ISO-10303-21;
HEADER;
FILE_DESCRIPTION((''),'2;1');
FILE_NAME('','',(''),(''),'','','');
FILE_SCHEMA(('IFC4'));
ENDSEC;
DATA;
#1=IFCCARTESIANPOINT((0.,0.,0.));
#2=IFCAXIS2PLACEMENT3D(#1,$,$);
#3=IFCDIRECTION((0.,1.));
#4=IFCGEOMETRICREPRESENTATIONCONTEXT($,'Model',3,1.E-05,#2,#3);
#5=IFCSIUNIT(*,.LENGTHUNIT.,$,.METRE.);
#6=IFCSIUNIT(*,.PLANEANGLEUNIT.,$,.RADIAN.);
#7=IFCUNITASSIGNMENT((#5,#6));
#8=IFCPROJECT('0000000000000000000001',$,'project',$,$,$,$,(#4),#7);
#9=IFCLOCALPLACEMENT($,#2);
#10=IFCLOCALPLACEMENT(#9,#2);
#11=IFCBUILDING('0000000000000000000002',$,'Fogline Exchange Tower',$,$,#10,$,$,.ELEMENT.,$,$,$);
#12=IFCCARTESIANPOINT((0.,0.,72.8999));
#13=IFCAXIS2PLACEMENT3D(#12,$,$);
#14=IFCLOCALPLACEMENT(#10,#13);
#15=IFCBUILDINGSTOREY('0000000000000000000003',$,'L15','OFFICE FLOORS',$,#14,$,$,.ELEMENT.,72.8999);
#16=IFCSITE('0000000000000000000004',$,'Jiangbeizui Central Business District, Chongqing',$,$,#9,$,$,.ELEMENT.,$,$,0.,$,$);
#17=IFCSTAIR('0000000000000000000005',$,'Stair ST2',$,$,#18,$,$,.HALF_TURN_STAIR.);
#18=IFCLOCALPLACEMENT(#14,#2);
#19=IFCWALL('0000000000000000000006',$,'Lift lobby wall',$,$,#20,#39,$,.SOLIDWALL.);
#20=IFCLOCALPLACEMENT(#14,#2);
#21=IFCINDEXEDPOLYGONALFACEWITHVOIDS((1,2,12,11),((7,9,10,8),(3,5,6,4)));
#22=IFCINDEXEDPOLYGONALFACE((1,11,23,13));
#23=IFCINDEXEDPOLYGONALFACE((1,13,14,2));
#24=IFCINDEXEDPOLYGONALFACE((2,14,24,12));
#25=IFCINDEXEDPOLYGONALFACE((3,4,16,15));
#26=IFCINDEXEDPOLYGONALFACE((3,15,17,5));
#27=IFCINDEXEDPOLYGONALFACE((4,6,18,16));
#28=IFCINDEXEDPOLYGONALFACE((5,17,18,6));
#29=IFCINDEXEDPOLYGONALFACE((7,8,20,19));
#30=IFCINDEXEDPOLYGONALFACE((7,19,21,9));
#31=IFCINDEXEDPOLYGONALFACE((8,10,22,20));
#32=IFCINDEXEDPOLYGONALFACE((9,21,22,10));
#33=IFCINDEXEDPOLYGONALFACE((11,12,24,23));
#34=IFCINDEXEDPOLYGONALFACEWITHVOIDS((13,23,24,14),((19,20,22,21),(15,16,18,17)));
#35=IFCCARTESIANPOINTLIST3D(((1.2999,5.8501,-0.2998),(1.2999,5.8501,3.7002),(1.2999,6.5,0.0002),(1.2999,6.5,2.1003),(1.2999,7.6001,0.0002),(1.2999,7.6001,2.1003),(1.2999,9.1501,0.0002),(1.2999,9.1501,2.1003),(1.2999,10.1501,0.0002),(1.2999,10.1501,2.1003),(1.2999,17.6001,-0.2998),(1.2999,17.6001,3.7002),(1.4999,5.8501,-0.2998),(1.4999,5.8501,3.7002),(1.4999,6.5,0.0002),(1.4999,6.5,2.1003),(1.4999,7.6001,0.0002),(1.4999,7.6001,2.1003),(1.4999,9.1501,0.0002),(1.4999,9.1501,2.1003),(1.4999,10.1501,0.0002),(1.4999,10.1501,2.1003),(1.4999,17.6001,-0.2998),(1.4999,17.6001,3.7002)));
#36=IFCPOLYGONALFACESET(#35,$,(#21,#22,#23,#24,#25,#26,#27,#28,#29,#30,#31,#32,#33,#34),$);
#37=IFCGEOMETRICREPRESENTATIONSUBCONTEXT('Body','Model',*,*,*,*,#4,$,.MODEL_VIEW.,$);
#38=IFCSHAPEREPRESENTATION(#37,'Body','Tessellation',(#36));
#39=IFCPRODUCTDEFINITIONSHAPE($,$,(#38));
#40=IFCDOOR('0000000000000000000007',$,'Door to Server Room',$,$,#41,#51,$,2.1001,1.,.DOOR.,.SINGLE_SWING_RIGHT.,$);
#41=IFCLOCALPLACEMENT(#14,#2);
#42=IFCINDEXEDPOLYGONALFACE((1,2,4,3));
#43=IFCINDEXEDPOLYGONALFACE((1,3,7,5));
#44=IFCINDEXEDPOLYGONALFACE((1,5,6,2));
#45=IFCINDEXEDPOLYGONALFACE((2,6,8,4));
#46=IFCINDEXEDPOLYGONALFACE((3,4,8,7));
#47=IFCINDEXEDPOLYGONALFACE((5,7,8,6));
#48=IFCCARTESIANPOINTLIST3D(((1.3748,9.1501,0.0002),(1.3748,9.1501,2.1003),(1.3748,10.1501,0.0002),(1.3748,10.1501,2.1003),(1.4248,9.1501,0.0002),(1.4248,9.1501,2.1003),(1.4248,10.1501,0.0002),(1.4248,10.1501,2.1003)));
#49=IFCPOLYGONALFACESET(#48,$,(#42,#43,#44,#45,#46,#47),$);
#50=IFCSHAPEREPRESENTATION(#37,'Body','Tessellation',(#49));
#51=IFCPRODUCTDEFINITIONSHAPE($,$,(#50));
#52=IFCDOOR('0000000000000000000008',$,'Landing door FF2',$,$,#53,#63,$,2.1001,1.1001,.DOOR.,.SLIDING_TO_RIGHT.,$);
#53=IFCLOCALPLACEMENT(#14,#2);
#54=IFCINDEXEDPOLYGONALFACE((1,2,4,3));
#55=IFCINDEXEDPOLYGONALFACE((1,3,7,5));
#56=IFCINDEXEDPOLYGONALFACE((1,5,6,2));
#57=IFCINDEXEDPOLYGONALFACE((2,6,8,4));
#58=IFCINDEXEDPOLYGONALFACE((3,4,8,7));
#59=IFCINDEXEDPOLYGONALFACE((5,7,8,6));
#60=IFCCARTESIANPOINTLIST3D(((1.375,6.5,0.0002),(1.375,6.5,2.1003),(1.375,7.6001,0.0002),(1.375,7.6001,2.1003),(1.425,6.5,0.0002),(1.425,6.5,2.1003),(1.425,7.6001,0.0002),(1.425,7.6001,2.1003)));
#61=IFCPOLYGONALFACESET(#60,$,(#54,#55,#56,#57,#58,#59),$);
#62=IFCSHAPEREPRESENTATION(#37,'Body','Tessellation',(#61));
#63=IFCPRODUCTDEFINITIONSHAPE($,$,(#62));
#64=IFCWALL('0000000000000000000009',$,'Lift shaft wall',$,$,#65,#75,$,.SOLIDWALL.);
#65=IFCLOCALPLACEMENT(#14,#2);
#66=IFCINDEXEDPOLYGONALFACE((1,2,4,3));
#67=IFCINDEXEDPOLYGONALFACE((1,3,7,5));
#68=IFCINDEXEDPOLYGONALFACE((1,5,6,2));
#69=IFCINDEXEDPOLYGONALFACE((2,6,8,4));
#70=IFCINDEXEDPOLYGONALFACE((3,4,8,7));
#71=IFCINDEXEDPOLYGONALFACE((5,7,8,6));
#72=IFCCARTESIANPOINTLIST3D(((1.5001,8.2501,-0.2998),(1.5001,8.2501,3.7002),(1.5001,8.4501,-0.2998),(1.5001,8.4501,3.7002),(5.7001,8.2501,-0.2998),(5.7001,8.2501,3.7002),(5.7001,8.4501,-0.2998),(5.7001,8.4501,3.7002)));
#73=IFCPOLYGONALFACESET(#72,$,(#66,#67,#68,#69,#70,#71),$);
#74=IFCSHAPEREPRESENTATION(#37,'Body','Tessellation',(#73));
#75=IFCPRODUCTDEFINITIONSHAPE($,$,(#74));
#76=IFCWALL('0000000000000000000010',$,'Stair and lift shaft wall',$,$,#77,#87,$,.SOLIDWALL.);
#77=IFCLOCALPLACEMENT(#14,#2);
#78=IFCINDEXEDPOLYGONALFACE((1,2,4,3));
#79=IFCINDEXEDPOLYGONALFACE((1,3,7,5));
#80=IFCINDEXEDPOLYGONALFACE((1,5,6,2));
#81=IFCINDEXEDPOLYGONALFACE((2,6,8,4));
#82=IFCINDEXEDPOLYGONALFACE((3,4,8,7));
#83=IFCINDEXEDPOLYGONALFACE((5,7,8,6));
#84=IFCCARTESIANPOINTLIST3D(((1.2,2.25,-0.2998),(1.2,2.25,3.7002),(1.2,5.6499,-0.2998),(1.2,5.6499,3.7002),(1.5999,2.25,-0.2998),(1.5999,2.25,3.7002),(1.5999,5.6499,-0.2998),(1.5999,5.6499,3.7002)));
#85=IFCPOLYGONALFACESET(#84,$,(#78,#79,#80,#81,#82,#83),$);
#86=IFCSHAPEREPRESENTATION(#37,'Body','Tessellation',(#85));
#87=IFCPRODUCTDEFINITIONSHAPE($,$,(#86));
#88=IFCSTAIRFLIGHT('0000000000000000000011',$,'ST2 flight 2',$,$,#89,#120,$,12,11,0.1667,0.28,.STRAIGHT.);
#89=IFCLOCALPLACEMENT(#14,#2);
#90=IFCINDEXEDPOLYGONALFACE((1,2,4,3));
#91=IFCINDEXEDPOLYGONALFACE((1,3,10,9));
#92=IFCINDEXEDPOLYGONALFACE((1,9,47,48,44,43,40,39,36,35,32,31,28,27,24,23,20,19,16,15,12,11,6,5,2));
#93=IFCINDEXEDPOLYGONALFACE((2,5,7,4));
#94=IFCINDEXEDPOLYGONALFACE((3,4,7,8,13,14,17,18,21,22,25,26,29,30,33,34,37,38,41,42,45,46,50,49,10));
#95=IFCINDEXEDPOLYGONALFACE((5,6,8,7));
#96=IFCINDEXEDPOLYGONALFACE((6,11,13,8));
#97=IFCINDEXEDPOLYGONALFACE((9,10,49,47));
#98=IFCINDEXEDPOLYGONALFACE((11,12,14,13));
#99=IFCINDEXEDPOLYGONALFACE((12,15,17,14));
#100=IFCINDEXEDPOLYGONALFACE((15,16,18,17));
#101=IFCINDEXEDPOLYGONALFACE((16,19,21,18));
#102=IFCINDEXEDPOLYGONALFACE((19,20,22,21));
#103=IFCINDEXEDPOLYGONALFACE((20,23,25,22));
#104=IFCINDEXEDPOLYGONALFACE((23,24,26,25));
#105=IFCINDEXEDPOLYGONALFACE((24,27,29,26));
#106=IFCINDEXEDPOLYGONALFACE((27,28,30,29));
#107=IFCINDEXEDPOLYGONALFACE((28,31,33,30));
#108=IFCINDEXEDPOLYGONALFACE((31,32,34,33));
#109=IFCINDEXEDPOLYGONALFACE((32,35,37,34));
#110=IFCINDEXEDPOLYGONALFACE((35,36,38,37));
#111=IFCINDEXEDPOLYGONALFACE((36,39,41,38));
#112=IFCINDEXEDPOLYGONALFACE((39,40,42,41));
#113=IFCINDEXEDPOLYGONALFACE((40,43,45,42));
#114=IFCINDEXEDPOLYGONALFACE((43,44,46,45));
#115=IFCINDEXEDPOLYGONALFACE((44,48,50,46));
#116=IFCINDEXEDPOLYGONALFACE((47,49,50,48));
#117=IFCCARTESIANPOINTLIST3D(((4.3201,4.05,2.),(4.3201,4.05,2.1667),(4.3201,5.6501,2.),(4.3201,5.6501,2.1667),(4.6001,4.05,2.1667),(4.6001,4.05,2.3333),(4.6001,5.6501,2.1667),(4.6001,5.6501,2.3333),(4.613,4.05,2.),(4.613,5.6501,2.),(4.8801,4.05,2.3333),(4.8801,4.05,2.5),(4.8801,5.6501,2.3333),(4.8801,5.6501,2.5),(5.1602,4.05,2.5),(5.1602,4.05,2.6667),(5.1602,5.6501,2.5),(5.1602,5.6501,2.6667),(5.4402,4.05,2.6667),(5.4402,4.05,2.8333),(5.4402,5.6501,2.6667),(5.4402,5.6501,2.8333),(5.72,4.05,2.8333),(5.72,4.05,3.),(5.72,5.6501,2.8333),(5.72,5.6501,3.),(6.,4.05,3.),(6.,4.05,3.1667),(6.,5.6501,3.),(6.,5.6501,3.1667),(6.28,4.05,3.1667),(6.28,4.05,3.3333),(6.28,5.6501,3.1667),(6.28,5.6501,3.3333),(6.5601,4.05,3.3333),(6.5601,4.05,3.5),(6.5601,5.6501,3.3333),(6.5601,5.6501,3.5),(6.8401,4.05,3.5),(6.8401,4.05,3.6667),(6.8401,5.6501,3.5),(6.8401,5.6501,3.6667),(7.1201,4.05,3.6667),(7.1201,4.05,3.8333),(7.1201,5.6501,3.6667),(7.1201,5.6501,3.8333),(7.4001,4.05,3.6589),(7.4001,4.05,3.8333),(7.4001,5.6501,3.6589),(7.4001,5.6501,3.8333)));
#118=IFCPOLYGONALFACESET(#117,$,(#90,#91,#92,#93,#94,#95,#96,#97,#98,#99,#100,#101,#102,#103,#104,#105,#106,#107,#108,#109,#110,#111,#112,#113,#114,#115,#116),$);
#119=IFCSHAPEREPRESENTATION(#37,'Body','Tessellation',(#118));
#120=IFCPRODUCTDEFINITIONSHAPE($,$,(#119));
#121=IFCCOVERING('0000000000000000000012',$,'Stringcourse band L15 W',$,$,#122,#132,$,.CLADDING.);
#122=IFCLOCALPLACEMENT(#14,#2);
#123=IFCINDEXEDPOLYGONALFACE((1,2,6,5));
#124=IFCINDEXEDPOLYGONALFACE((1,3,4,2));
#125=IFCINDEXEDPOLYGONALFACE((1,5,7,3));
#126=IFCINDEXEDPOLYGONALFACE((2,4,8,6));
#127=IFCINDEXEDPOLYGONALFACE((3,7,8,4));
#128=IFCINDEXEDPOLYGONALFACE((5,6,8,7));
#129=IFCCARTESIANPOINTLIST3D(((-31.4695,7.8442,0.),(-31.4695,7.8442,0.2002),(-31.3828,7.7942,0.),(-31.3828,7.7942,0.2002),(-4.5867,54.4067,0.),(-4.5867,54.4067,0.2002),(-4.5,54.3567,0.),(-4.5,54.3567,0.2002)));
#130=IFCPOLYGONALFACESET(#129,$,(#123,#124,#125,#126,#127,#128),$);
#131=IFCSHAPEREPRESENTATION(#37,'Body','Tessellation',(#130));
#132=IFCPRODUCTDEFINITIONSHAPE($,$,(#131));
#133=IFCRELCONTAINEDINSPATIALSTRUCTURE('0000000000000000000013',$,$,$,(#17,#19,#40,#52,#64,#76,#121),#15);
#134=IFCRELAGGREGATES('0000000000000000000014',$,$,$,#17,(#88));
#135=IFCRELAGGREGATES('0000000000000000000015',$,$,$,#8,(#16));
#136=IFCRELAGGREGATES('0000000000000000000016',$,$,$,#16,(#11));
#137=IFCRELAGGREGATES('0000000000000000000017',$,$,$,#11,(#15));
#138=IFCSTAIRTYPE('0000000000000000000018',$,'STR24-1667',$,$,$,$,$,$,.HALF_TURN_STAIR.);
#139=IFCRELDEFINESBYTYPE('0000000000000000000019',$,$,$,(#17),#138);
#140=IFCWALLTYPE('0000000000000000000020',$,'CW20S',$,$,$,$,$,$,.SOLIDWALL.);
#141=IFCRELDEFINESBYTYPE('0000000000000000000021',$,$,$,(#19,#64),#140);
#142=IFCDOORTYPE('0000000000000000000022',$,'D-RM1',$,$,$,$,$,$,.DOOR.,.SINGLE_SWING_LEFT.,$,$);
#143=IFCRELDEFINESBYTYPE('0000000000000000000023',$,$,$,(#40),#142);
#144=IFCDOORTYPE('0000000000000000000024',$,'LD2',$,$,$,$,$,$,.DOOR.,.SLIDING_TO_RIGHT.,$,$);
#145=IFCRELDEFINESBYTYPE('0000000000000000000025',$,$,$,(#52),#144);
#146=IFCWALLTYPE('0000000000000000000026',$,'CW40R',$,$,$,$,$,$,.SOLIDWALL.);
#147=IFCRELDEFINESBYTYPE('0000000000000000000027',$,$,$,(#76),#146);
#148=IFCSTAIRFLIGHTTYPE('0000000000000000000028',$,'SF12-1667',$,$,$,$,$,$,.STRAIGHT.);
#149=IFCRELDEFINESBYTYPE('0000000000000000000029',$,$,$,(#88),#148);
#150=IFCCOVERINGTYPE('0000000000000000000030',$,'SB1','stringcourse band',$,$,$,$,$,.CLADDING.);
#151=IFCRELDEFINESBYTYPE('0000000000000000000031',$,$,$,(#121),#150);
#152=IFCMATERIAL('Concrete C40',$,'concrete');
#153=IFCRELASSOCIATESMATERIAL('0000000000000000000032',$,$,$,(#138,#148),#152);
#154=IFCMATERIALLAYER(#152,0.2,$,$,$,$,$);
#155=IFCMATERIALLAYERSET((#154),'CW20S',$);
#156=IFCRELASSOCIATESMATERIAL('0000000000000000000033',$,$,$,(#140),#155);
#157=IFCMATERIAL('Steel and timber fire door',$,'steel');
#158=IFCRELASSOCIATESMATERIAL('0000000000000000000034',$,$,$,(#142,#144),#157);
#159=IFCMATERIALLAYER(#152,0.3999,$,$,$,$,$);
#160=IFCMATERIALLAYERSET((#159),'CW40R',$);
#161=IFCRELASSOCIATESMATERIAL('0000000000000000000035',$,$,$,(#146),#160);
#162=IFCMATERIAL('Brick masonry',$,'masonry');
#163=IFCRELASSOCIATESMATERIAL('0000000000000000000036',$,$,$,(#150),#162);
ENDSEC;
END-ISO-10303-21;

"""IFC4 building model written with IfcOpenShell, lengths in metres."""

from ifc_helpers import new_model, si_unit, direction, frame, frame_2d, origin, place, context, subcontext, project, spatial, polyline, rectangle, outline, extrude, material, layer, layer_set, type_object, element, fill, aggregate, save


model = new_model("IFC4")

# Units and contexts
model_context = context("Model", 3, precision=1e-05, world=origin(), true_north=direction((0.0, 1.0)))
body_context = subcontext(model_context, "Body", "Model", "MODEL_VIEW")
ifc_project = project(units=[si_unit("LENGTHUNIT", "METRE"), si_unit("PLANEANGLEUNIT", "RADIAN")], contexts=[model_context])

# Site, building, storey
site_placement = place(None, origin())
site = spatial("IfcSite", under=ifc_project, at=site_placement, Name="Jiangbeizui Central Business District, Chongqing", CompositionType="ELEMENT", RefElevation=0.0)
building_placement = place(site_placement, origin())
building = spatial("IfcBuilding", under=site, at=building_placement, Name="Fogline Exchange Tower", CompositionType="ELEMENT")
storey_placement = place(building_placement, frame((0.0, 0.0, 72.8999)))
storey = spatial("IfcBuildingStorey", under=building, at=storey_placement, Name="L15", Description="OFFICE FLOORS", CompositionType="ELEMENT", Elevation=72.8999)

# Shared definitions
ifc_material_1 = material(Name="Concrete C40", Category="concrete")

# Stair
stair_type = type_object("IfcStairType", Name="STR24-1667", PredefinedType="HALF_TURN_STAIR", material=ifc_material_1)
stair_1_placement = place(storey_placement, origin())
stair_1 = element("IfcStair", 1, at=stair_1_placement, inside=storey, type_object=stair_type, Name="Stair ST2", PredefinedType="HALF_TURN_STAIR")

# Shared definitions
ifc_material_2 = material(Name="Steel and timber fire door", Category="steel")

# Shared definitions
ifc_layer_1 = layer(ifc_material_1, 0.2)
ifc_layer_set_1 = layer_set([ifc_layer_1], Name="CW20S")
wall_type_1 = type_object("IfcWallType", Name="CW20S", PredefinedType="SOLIDWALL", material=ifc_layer_set_1)
door_type_1 = type_object("IfcDoorType", Name="D-RM1", OperationType="SINGLE_SWING_LEFT", PredefinedType="DOOR", material=ifc_material_2)

# Wall, openings, doors
wall_1_placement = place(storey_placement, frame((1.3999, 5.8501, -0.2998), z_axis=(0.0, 0.0, 1.0), x_axis=(0.0, 1.0, 0.0)))
wall_1 = element("IfcWall", 2, at=wall_1_placement, inside=storey, type_object=wall_type_1, Name="Lift lobby wall", PredefinedType="SOLIDWALL", context=body_context, shape_type="SweptSolid", body=[
    extrude(rectangle(XDim=11.75, YDim=0.2, at=frame_2d((5.875, 0.0))), origin(), (0.0, 0.0, 1.0), 4.0),
])
opening_1_placement = place(wall_1_placement, frame((0.6499, 0.0, 0.3)))
opening_1 = element("IfcOpeningElement", 3, at=opening_1_placement, cuts=wall_1, PredefinedType="OPENING", context=body_context, shape_type="SweptSolid", body=[
    extrude(rectangle(XDim=1.1001, YDim=2.1001, at=frame_2d((0.55, 1.05))), frame((0.0, 0.1099, 0.0), z_axis=(0.0, -1.0, 0.0), x_axis=(1.0, 0.0, 0.0)), (0.0, 0.0, 1.0), 0.22),
])
opening_2_placement = place(wall_1_placement, frame((3.3, 0.0, 0.3)))
opening_2 = element("IfcOpeningElement", 4, at=opening_2_placement, cuts=wall_1, PredefinedType="OPENING", context=body_context, shape_type="SweptSolid", body=[
    extrude(rectangle(XDim=1.0, YDim=2.1001, at=frame_2d((0.5, 1.05))), frame((0.0, 0.1099, 0.0), z_axis=(0.0, -1.0, 0.0), x_axis=(1.0, 0.0, 0.0)), (0.0, 0.0, 1.0), 0.22),
])
door_1_placement = place(opening_2_placement, frame((1.0, 0.0, 0.0), z_axis=(0.0, 0.0, 1.0), x_axis=(-1.0, 0.0, 0.0)))
door_1 = element("IfcDoor", 5, at=door_1_placement, inside=storey, type_object=door_type_1, Name="Door to Server Room", OperationType="SINGLE_SWING_RIGHT", OverallHeight=2.1001, OverallWidth=1.0, PredefinedType="DOOR", context=body_context, shape_type="SweptSolid", body=[
    extrude(rectangle(XDim=1.0, YDim=2.1001, at=frame_2d((0.5, 1.05))), frame((0.0, 0.0249, 0.0), z_axis=(0.0, -1.0, 0.0), x_axis=(1.0, 0.0, 0.0)), (0.0, 0.0, 1.0), 0.05),
])
fill(opening_2, door_1)
door_type_2 = type_object("IfcDoorType", Name="LD2", OperationType="SLIDING_TO_RIGHT", PredefinedType="DOOR", material=ifc_material_2)
door_2_placement = place(opening_1_placement, origin())
door_2 = element("IfcDoor", 6, at=door_2_placement, inside=storey, type_object=door_type_2, Name="Landing door FF2", OperationType="SLIDING_TO_RIGHT", OverallHeight=2.1001, OverallWidth=1.1001, PredefinedType="DOOR", context=body_context, shape_type="SweptSolid", body=[
    extrude(rectangle(XDim=1.1001, YDim=2.1001, at=frame_2d((0.55, 1.05))), frame((0.0, 0.0249, 0.0), z_axis=(0.0, -1.0, 0.0), x_axis=(1.0, 0.0, 0.0)), (0.0, 0.0, 1.0), 0.05),
])
fill(opening_1, door_2)

# Walls
wall_2_placement = place(storey_placement, frame((1.5, 8.3501, -0.2998), z_axis=(0.0, 0.0, 1.0), x_axis=(1.0, 0.0, 0.0)))
element("IfcWall", 7, at=wall_2_placement, inside=storey, type_object=wall_type_1, Name="Lift shaft wall", PredefinedType="SOLIDWALL", context=body_context, shape_type="SweptSolid", body=[
    extrude(rectangle(XDim=4.2, YDim=0.2, at=frame_2d((2.1001, 0.0))), origin(), (0.0, 0.0, 1.0), 4.0),
])
ifc_layer_2 = layer(ifc_material_1, 0.3999)
ifc_layer_set_2 = layer_set([ifc_layer_2], Name="CW40R")
wall_type_2 = type_object("IfcWallType", Name="CW40R", PredefinedType="SOLIDWALL", material=ifc_layer_set_2)
wall_3_placement = place(storey_placement, frame((1.3999, 2.25, -0.2998), z_axis=(0.0, 0.0, 1.0), x_axis=(0.0, 1.0, 0.0)))
element("IfcWall", 8, at=wall_3_placement, inside=storey, type_object=wall_type_2, Name="Stair and lift shaft wall", PredefinedType="SOLIDWALL", context=body_context, shape_type="SweptSolid", body=[
    extrude(rectangle(XDim=3.3999, YDim=0.3999, at=frame_2d((1.7, 0.0))), origin(), (0.0, 0.0, 1.0), 4.0),
])

# Stair flight
stair_flight_type = type_object("IfcStairFlightType", Name="SF12-1667", PredefinedType="STRAIGHT", material=ifc_material_1)
stair_flight_placement = place(storey_placement, frame((4.3201, 4.8501, 2.0), z_axis=(0.0, 0.0, 1.0), x_axis=(1.0, 0.0, 0.0)))
stair_flight = element("IfcStairFlight", 9, at=stair_flight_placement, type_object=stair_flight_type, Name="ST2 flight 2", NumberOfRisers=12, NumberOfTreads=11, PredefinedType="STRAIGHT", RiserHeight=0.1667, TreadLength=0.28, context=body_context, shape_type="SweptSolid", body=[
    extrude(outline(polyline([(0.0, 0.0), (0.0, 0.1667), (0.28, 0.1667), (0.28, 0.3333), (0.5601, 0.3333), (0.5601, 0.5), (0.8401, 0.5), (0.8401, 0.6667), (1.1201, 0.6667), (1.1201, 0.8333), (1.3999, 0.8333), (1.3999, 1.0), (1.6799, 1.0), (1.6799, 1.1667), (1.96, 1.1667), (1.96, 1.3333), (2.24, 1.3333), (2.24, 1.5), (2.52, 1.5), (2.52, 1.6667), (2.8, 1.6667), (2.8, 1.8333), (3.0801, 1.8333), (3.0801, 2.0), (3.0801, 1.6589), (0.293, 0.0), (0.0, 0.0)])), frame((0.0, 0.8, 0.0), z_axis=(0.0, -1.0, 0.0), x_axis=(1.0, 0.0, 0.0)), (0.0, 0.0, 1.0), 1.6001),
])
aggregate(stair_1, [stair_flight])

# Covering
ifc_material_3 = material(Name="Brick masonry", Category="masonry")
covering_type = type_object("IfcCoveringType", Name="SB1", Description="stringcourse band", PredefinedType="CLADDING", material=ifc_material_3)
covering_placement = place(storey_placement, origin())
element("IfcCovering", 10, at=covering_placement, inside=storey, type_object=covering_type, Name="Stringcourse band L15 W", PredefinedType="CLADDING", context=body_context, shape_type="SweptSolid", body=[
    extrude(outline(polyline([(-4.5, 54.3567), (-4.5867, 54.4067), (-31.4695, 7.8442), (-31.3828, 7.7942), (-4.5, 54.3567)])), origin(), (0.0, 0.0, 1.0), 0.2002),
])

save(model, "model.ifc")
